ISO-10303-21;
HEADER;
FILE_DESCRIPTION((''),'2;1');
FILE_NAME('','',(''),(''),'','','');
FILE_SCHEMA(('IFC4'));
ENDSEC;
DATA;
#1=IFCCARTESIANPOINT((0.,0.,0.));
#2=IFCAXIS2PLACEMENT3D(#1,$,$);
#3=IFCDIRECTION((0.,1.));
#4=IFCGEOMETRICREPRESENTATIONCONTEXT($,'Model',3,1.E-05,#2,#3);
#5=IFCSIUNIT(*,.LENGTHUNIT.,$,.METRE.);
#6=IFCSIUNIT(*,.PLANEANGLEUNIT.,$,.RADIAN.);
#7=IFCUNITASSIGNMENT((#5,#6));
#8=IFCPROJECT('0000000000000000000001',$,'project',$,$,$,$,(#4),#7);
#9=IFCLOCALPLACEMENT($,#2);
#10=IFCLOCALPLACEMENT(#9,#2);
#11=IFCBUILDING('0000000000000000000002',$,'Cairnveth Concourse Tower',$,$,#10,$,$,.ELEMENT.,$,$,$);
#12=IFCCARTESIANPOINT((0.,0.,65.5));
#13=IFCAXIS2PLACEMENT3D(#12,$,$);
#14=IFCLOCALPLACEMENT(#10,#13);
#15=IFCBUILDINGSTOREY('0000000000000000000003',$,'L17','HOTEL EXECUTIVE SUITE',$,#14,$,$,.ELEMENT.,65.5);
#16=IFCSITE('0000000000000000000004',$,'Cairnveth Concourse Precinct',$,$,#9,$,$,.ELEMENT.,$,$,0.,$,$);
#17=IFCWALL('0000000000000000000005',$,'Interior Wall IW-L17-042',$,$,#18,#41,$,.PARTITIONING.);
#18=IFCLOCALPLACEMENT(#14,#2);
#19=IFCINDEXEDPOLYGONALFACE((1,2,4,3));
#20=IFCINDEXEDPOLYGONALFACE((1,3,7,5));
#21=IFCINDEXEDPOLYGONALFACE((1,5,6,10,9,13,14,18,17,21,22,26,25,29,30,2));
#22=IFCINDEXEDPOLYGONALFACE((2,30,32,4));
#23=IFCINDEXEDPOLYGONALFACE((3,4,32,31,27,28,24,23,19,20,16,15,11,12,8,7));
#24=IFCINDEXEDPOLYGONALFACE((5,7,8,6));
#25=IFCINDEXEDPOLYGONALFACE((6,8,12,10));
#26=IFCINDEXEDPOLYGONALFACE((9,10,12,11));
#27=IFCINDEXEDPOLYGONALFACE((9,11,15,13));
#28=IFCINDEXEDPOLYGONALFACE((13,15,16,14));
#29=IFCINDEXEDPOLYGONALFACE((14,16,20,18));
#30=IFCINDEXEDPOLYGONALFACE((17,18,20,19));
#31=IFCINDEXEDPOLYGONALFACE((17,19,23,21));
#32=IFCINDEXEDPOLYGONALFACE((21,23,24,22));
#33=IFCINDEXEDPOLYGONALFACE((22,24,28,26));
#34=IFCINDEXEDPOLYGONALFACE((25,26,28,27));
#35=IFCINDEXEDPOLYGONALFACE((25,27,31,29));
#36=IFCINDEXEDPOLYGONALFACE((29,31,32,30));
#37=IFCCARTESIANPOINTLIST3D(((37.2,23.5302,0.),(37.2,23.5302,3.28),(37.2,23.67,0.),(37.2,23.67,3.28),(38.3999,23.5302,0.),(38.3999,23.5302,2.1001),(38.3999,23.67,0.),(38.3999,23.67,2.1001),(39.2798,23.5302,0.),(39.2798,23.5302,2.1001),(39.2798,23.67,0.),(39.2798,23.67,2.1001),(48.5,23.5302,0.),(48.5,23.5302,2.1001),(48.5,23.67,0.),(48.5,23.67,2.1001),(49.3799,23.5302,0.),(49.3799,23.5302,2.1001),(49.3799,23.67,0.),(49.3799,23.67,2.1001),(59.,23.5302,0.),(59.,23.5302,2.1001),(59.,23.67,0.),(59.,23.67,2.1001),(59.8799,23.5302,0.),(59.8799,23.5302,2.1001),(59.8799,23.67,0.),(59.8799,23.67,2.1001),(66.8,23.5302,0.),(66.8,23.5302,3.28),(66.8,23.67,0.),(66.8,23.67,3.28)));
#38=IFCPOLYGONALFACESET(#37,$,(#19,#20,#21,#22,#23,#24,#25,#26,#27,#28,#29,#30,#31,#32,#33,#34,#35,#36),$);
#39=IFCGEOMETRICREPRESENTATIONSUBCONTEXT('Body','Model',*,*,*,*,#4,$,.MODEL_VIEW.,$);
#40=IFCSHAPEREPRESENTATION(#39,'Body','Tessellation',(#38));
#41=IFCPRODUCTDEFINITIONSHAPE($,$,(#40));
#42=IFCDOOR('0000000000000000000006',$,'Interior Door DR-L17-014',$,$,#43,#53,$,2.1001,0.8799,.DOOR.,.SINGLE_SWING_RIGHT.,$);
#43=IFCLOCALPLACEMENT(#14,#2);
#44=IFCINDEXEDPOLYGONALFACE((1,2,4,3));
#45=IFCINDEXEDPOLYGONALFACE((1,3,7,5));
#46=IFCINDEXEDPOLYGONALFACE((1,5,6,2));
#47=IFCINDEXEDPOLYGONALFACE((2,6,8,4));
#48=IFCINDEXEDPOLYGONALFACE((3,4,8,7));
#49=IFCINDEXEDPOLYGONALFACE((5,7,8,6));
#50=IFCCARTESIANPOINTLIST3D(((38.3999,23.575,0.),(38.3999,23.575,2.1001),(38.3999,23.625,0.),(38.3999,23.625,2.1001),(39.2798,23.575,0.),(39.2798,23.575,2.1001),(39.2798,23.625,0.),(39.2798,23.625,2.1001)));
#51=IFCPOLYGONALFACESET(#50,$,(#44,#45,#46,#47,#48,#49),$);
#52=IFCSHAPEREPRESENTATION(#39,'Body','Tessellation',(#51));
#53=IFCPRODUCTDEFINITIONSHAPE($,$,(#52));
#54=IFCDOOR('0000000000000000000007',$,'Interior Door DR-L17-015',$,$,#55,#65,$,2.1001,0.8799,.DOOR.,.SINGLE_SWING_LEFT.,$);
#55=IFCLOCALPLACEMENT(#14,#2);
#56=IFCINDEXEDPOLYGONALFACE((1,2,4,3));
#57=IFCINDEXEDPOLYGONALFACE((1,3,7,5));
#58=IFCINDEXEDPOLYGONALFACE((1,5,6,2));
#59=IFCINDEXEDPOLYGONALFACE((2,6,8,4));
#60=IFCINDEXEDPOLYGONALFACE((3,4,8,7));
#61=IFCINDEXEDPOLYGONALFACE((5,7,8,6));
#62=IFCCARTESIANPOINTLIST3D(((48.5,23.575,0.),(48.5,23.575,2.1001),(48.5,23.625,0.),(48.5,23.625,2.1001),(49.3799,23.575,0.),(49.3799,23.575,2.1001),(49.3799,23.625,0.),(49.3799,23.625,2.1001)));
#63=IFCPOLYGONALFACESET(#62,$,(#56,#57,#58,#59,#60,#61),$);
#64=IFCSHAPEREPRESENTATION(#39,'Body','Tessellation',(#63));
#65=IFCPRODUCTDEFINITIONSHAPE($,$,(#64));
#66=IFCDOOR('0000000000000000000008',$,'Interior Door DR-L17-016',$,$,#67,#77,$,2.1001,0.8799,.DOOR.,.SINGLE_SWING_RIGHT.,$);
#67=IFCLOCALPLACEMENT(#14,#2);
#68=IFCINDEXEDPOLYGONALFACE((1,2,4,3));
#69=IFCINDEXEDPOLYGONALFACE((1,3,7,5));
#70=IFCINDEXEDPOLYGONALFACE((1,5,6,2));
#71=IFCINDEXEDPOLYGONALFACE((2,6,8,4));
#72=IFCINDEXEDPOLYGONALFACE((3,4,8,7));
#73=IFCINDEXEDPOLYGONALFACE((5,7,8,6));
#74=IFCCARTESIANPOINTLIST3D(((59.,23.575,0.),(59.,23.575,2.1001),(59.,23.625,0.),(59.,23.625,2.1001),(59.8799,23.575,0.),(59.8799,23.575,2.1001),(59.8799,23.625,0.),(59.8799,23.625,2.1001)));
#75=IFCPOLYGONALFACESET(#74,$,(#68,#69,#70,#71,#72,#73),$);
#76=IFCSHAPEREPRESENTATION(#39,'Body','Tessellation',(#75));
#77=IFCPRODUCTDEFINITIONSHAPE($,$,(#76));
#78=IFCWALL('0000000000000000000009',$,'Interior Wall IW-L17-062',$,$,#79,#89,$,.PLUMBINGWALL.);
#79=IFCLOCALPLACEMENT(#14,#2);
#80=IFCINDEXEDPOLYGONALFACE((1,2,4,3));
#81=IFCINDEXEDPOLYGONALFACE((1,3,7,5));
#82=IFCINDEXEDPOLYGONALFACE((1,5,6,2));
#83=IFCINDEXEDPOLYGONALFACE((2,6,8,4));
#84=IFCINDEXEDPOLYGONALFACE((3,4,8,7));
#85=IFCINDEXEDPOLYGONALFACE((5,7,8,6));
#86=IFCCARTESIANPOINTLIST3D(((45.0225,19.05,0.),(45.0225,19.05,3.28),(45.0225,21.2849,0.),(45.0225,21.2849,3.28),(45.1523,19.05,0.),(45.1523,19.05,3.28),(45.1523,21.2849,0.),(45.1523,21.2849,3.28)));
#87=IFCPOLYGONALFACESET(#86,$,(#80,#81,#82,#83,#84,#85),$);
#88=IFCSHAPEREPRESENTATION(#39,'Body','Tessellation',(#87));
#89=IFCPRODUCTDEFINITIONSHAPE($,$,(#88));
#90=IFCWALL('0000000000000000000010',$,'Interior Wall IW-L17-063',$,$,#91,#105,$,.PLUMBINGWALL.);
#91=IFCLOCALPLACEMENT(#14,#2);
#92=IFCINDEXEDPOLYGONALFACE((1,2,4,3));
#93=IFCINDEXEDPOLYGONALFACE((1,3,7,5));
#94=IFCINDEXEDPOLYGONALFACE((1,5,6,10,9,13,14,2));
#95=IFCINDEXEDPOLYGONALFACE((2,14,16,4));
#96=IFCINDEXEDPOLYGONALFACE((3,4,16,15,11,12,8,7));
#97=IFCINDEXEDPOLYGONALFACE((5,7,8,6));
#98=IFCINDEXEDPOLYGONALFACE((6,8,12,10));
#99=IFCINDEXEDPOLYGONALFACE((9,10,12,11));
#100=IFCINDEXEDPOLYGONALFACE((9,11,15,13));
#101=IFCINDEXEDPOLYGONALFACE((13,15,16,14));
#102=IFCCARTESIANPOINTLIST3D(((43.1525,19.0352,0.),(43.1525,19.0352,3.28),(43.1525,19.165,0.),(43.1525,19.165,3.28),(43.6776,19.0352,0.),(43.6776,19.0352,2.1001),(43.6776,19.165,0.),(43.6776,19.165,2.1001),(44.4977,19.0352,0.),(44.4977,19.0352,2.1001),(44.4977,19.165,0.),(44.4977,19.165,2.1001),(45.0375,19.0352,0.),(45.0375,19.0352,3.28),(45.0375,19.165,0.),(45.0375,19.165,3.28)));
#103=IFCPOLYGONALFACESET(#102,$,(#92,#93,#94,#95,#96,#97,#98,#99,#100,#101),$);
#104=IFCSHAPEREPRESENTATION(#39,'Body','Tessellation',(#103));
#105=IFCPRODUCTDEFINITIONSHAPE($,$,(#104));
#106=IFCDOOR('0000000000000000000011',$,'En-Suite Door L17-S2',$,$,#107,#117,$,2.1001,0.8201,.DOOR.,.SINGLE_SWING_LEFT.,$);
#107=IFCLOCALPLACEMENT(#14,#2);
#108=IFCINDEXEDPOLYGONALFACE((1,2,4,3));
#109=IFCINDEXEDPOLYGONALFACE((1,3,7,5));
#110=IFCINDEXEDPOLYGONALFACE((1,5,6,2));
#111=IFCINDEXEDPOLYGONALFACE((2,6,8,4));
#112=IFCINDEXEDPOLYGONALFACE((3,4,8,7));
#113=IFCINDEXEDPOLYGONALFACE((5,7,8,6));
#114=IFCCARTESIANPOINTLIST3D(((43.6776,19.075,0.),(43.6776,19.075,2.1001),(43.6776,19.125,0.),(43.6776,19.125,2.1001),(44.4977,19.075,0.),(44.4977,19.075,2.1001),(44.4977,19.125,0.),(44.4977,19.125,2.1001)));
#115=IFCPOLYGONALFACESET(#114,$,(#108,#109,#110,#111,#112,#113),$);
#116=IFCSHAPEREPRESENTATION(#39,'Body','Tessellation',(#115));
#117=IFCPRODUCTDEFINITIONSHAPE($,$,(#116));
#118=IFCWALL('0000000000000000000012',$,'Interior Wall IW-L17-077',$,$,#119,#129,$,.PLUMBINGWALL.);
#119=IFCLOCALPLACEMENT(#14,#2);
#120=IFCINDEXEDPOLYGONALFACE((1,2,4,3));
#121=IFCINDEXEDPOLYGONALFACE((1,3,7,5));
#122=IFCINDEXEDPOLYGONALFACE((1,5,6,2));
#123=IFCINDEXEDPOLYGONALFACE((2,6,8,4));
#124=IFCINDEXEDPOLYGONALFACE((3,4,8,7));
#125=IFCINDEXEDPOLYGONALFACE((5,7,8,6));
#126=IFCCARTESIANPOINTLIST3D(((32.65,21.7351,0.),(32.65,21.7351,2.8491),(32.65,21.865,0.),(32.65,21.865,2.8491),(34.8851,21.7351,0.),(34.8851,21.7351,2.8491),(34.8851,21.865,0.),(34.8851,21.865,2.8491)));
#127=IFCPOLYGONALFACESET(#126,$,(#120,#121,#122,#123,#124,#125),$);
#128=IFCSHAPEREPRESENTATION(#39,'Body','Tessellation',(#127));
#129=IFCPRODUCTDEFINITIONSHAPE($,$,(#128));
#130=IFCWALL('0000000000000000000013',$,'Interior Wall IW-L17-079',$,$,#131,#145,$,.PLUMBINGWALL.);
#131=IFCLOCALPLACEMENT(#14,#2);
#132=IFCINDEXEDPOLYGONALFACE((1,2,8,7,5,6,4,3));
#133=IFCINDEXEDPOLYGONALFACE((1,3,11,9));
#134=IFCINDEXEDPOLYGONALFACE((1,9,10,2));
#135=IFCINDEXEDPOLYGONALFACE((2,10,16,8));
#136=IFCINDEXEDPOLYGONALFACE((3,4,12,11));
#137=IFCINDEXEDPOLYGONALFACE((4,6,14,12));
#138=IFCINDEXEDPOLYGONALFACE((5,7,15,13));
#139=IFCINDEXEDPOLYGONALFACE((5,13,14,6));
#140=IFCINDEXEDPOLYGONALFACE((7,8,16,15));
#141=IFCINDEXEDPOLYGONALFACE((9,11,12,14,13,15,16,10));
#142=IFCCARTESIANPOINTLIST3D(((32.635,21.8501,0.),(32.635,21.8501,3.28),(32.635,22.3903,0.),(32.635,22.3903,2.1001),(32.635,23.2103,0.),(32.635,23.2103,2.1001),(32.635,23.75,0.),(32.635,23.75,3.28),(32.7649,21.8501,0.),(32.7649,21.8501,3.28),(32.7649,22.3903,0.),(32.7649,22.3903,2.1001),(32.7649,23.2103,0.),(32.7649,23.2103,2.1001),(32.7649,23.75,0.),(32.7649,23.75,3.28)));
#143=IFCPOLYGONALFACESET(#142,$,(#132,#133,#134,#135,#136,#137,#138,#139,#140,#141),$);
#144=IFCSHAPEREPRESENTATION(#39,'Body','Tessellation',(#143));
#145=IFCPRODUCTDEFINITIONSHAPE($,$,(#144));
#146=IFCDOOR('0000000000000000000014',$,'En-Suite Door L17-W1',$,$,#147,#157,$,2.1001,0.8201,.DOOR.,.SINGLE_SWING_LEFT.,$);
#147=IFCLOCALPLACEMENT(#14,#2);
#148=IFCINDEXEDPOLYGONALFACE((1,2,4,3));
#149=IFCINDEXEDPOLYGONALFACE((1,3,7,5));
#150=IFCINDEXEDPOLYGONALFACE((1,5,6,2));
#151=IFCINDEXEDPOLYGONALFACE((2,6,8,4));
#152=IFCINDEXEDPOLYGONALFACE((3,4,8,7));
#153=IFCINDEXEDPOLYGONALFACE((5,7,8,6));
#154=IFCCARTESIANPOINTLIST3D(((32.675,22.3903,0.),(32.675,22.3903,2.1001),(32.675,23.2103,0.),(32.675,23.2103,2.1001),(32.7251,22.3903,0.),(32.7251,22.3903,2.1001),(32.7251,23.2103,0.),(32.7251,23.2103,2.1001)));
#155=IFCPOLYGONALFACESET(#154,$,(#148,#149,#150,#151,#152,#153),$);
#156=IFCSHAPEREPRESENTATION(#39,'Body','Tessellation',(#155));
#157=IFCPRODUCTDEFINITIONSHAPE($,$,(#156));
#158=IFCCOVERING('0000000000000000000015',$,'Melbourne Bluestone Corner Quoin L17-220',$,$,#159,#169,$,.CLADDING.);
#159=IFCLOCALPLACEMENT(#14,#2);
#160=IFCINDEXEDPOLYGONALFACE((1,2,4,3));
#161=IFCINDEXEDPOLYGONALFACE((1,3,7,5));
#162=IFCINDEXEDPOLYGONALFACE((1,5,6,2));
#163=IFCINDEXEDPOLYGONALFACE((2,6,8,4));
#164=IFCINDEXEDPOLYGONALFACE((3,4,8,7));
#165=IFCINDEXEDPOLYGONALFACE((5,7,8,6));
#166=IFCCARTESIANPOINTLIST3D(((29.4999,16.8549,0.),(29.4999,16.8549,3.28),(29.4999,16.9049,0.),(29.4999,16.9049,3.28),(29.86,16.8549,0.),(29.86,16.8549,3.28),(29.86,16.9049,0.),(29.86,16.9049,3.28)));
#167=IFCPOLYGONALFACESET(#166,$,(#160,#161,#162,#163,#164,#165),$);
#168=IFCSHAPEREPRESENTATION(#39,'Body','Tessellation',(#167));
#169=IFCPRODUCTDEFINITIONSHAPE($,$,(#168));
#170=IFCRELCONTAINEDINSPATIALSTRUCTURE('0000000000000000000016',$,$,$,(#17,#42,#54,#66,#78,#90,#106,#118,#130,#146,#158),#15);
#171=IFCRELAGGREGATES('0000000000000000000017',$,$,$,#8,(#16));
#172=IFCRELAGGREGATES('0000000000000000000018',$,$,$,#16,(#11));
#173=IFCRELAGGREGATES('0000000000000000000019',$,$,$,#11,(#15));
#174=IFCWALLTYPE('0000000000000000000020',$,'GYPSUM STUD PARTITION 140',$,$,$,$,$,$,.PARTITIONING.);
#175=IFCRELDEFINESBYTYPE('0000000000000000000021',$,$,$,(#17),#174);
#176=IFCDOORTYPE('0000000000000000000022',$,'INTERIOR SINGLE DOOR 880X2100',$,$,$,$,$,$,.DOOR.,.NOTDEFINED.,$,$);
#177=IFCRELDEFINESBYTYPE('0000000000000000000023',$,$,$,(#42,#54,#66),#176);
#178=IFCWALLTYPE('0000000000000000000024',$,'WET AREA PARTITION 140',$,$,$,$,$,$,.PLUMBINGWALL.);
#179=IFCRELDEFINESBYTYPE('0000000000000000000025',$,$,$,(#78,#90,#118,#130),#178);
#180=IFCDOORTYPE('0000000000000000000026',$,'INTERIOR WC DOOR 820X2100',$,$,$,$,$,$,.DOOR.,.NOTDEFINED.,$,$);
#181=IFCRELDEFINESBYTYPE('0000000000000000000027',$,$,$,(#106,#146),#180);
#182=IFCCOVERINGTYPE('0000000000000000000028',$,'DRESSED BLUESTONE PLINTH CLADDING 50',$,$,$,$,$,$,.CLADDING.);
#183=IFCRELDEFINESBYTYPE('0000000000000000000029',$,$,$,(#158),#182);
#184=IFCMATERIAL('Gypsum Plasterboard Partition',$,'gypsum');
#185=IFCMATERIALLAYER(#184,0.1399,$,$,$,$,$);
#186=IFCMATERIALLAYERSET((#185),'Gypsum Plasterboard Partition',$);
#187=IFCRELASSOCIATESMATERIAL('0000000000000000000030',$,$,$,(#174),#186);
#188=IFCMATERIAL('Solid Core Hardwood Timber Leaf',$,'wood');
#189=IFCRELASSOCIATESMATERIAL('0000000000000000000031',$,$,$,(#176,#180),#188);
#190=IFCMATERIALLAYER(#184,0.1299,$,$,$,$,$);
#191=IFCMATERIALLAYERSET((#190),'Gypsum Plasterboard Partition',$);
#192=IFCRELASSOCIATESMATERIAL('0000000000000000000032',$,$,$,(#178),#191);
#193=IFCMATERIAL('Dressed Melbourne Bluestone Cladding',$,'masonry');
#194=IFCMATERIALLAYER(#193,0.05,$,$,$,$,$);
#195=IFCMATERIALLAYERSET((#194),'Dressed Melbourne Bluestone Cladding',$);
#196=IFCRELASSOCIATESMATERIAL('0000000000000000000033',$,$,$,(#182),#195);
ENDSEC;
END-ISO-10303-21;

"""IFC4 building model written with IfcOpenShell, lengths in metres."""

from ifc_helpers import new_model, si_unit, direction, frame, frame_2d, origin, place, context, subcontext, project, spatial, rectangle, extrude, material, layer, layer_set, type_object, element, fill, save


model = new_model("IFC4")

# Units and contexts
model_context = context("Model", 3, precision=1e-05, world=origin(), true_north=direction((0.0, 1.0)))
body_context = subcontext(model_context, "Body", "Model", "MODEL_VIEW")
ifc_project = project(units=[si_unit("LENGTHUNIT", "METRE"), si_unit("PLANEANGLEUNIT", "RADIAN")], contexts=[model_context])

# Site, building, storey
site_placement = place(None, origin())
site = spatial("IfcSite", under=ifc_project, at=site_placement, Name="Cairnveth Concourse Precinct", CompositionType="ELEMENT", RefElevation=0.0)
building_placement = place(site_placement, origin())
building = spatial("IfcBuilding", under=site, at=building_placement, Name="Cairnveth Concourse Tower", CompositionType="ELEMENT")
storey_placement = place(building_placement, frame((0.0, 0.0, 65.5)))
storey = spatial("IfcBuildingStorey", under=building, at=storey_placement, Name="L17", Description="HOTEL EXECUTIVE SUITE", CompositionType="ELEMENT", Elevation=65.5)

# Shared definitions
ifc_material_1 = material(Name="Gypsum Plasterboard Partition", Category="gypsum")
ifc_material_2 = material(Name="Solid Core Hardwood Timber Leaf", Category="wood")

# Wall, openings, doors
ifc_layer_1 = layer(ifc_material_1, 0.1399)
ifc_layer_set_1 = layer_set([ifc_layer_1], Name="Gypsum Plasterboard Partition")
wall_type_1 = type_object("IfcWallType", Name="GYPSUM STUD PARTITION 140", PredefinedType="PARTITIONING", material=ifc_layer_set_1)
wall_1_placement = place(storey_placement, frame((37.2, 23.6001, 0.0), z_axis=(0.0, 0.0, 1.0), x_axis=(1.0, 0.0, 0.0)))
wall_1 = element("IfcWall", 1, at=wall_1_placement, inside=storey, type_object=wall_type_1, Name="Interior Wall IW-L17-042", PredefinedType="PARTITIONING", context=body_context, shape_type="SweptSolid", body=[
    extrude(rectangle(XDim=29.6001, YDim=0.1399, at=frame_2d((14.8, 0.0))), origin(), (0.0, 0.0, 1.0), 3.28),
])
opening_1_placement = place(wall_1_placement, frame((1.2, 0.0, 0.0)))
opening_1 = element("IfcOpeningElement", 2, at=opening_1_placement, cuts=wall_1, PredefinedType="OPENING", context=body_context, shape_type="SweptSolid", body=[
    extrude(rectangle(XDim=0.8799, YDim=2.1001, at=frame_2d((0.4399, 1.05))), frame((0.0, 0.0798, 0.0), z_axis=(0.0, -1.0, 0.0), x_axis=(1.0, 0.0, 0.0)), (0.0, 0.0, 1.0), 0.1599),
])
opening_2_placement = place(wall_1_placement, frame((11.3, 0.0, 0.0)))
opening_2 = element("IfcOpeningElement", 3, at=opening_2_placement, cuts=wall_1, PredefinedType="OPENING", context=body_context, shape_type="SweptSolid", body=[
    extrude(rectangle(XDim=0.8799, YDim=2.1001, at=frame_2d((0.4399, 1.05))), frame((0.0, 0.0798, 0.0), z_axis=(0.0, -1.0, 0.0), x_axis=(1.0, 0.0, 0.0)), (0.0, 0.0, 1.0), 0.1599),
])
opening_3_placement = place(wall_1_placement, frame((21.8, 0.0, 0.0)))
opening_3 = element("IfcOpeningElement", 4, at=opening_3_placement, cuts=wall_1, PredefinedType="OPENING", context=body_context, shape_type="SweptSolid", body=[
    extrude(rectangle(XDim=0.8799, YDim=2.1001, at=frame_2d((0.4399, 1.05))), frame((0.0, 0.0798, 0.0), z_axis=(0.0, -1.0, 0.0), x_axis=(1.0, 0.0, 0.0)), (0.0, 0.0, 1.0), 0.1599),
])
door_type_1 = type_object("IfcDoorType", Name="INTERIOR SINGLE DOOR 880X2100", OperationType="NOTDEFINED", PredefinedType="DOOR", material=ifc_material_2)
door_1_placement = place(opening_1_placement, origin())
door_1 = element("IfcDoor", 5, at=door_1_placement, inside=storey, type_object=door_type_1, Name="Interior Door DR-L17-014", OperationType="SINGLE_SWING_RIGHT", OverallHeight=2.1001, OverallWidth=0.8799, PredefinedType="DOOR", context=body_context, shape_type="SweptSolid", body=[
    extrude(rectangle(XDim=0.8799, YDim=2.1001, at=frame_2d((0.4399, 1.05))), frame((0.0, 0.0249, 0.0), z_axis=(0.0, -1.0, 0.0), x_axis=(1.0, 0.0, 0.0)), (0.0, 0.0, 1.0), 0.05),
])
fill(opening_1, door_1)
door_2_placement = place(opening_2_placement, origin())
door_2 = element("IfcDoor", 6, at=door_2_placement, inside=storey, type_object=door_type_1, Name="Interior Door DR-L17-015", OperationType="SINGLE_SWING_LEFT", OverallHeight=2.1001, OverallWidth=0.8799, PredefinedType="DOOR", context=body_context, shape_type="SweptSolid", body=[
    extrude(rectangle(XDim=0.8799, YDim=2.1001, at=frame_2d((0.4399, 1.05))), frame((0.0, 0.0249, 0.0), z_axis=(0.0, -1.0, 0.0), x_axis=(1.0, 0.0, 0.0)), (0.0, 0.0, 1.0), 0.05),
])
fill(opening_2, door_2)
door_3_placement = place(opening_3_placement, origin())
door_3 = element("IfcDoor", 7, at=door_3_placement, inside=storey, type_object=door_type_1, Name="Interior Door DR-L17-016", OperationType="SINGLE_SWING_RIGHT", OverallHeight=2.1001, OverallWidth=0.8799, PredefinedType="DOOR", context=body_context, shape_type="SweptSolid", body=[
    extrude(rectangle(XDim=0.8799, YDim=2.1001, at=frame_2d((0.4399, 1.05))), frame((0.0, 0.0249, 0.0), z_axis=(0.0, -1.0, 0.0), x_axis=(1.0, 0.0, 0.0)), (0.0, 0.0, 1.0), 0.05),
])
fill(opening_3, door_3)

# Wall
ifc_layer_2 = layer(ifc_material_1, 0.1299)
ifc_layer_set_2 = layer_set([ifc_layer_2], Name="Gypsum Plasterboard Partition")
wall_type_2 = type_object("IfcWallType", Name="WET AREA PARTITION 140", PredefinedType="PLUMBINGWALL", material=ifc_layer_set_2)
wall_2_placement = place(storey_placement, frame((45.0874, 19.05, 0.0), z_axis=(0.0, 0.0, 1.0), x_axis=(0.0, 1.0, 0.0)))
element("IfcWall", 8, at=wall_2_placement, inside=storey, type_object=wall_type_2, Name="Interior Wall IW-L17-062", PredefinedType="PLUMBINGWALL", context=body_context, shape_type="SweptSolid", body=[
    extrude(rectangle(XDim=2.2349, YDim=0.1299, at=frame_2d((1.1174, 0.0))), origin(), (0.0, 0.0, 1.0), 3.28),
])

# Wall, opening, door
wall_3_placement = place(storey_placement, frame((43.1526, 19.1001, 0.0), z_axis=(0.0, 0.0, 1.0), x_axis=(1.0, 0.0, 0.0)))
wall_3 = element("IfcWall", 9, at=wall_3_placement, inside=storey, type_object=wall_type_2, Name="Interior Wall IW-L17-063", PredefinedType="PLUMBINGWALL", context=body_context, shape_type="SweptSolid", body=[
    extrude(rectangle(XDim=1.885, YDim=0.1299, at=frame_2d((0.9424, 0.0))), origin(), (0.0, 0.0, 1.0), 3.28),
])
opening_4_placement = place(wall_3_placement, frame((0.5249, 0.0, 0.0)))
opening_4 = element("IfcOpeningElement", 10, at=opening_4_placement, cuts=wall_3, PredefinedType="OPENING", context=body_context, shape_type="SweptSolid", body=[
    extrude(rectangle(XDim=0.8201, YDim=2.1001, at=frame_2d((0.4102, 1.05))), frame((0.0, 0.075, 0.0), z_axis=(0.0, -1.0, 0.0), x_axis=(1.0, 0.0, 0.0)), (0.0, 0.0, 1.0), 0.1499),
])
door_type_2 = type_object("IfcDoorType", Name="INTERIOR WC DOOR 820X2100", OperationType="NOTDEFINED", PredefinedType="DOOR", material=ifc_material_2)
door_4_placement = place(opening_4_placement, origin())
door_4 = element("IfcDoor", 11, at=door_4_placement, inside=storey, type_object=door_type_2, Name="En-Suite Door L17-S2", OperationType="SINGLE_SWING_LEFT", OverallHeight=2.1001, OverallWidth=0.8201, PredefinedType="DOOR", context=body_context, shape_type="SweptSolid", body=[
    extrude(rectangle(XDim=0.8201, YDim=2.1001, at=frame_2d((0.4102, 1.05))), frame((0.0, 0.0249, 0.0), z_axis=(0.0, -1.0, 0.0), x_axis=(1.0, 0.0, 0.0)), (0.0, 0.0, 1.0), 0.05),
])
fill(opening_4, door_4)

# Wall
wall_4_placement = place(storey_placement, frame((32.6499, 21.8, 0.0), z_axis=(0.0, 0.0, 1.0), x_axis=(1.0, 0.0, 0.0)))
element("IfcWall", 12, at=wall_4_placement, inside=storey, type_object=wall_type_2, Name="Interior Wall IW-L17-077", PredefinedType="PLUMBINGWALL", context=body_context, shape_type="SweptSolid", body=[
    extrude(rectangle(XDim=2.2351, YDim=0.1299, at=frame_2d((1.1177, 0.0))), origin(), (0.0, 0.0, 1.0), 2.8491),
])

# Wall, opening, door
wall_5_placement = place(storey_placement, frame((32.7, 21.8501, 0.0), z_axis=(0.0, 0.0, 1.0), x_axis=(0.0, 1.0, 0.0)))
wall_5 = element("IfcWall", 13, at=wall_5_placement, inside=storey, type_object=wall_type_2, Name="Interior Wall IW-L17-079", PredefinedType="PLUMBINGWALL", context=body_context, shape_type="SweptSolid", body=[
    extrude(rectangle(XDim=1.8999, YDim=0.1299, at=frame_2d((0.95, 0.0))), origin(), (0.0, 0.0, 1.0), 3.28),
])
opening_5_placement = place(wall_5_placement, frame((0.54, 0.0, 0.0)))
opening_5 = element("IfcOpeningElement", 14, at=opening_5_placement, cuts=wall_5, PredefinedType="OPENING", context=body_context, shape_type="SweptSolid", body=[
    extrude(rectangle(XDim=0.8201, YDim=2.1001, at=frame_2d((0.4102, 1.05))), frame((0.0, 0.075, 0.0), z_axis=(0.0, -1.0, 0.0), x_axis=(1.0, 0.0, 0.0)), (0.0, 0.0, 1.0), 0.1499),
])
door_5_placement = place(opening_5_placement, origin())
door_5 = element("IfcDoor", 15, at=door_5_placement, inside=storey, type_object=door_type_2, Name="En-Suite Door L17-W1", OperationType="SINGLE_SWING_LEFT", OverallHeight=2.1001, OverallWidth=0.8201, PredefinedType="DOOR", context=body_context, shape_type="SweptSolid", body=[
    extrude(rectangle(XDim=0.8201, YDim=2.1001, at=frame_2d((0.4102, 1.05))), frame((0.0, 0.0249, 0.0), z_axis=(0.0, -1.0, 0.0), x_axis=(1.0, 0.0, 0.0)), (0.0, 0.0, 1.0), 0.05),
])
fill(opening_5, door_5)

# Covering
ifc_material_3 = material(Name="Dressed Melbourne Bluestone Cladding", Category="masonry")
ifc_layer_3 = layer(ifc_material_3, 0.05)
ifc_layer_set_3 = layer_set([ifc_layer_3], Name="Dressed Melbourne Bluestone Cladding")
covering_type = type_object("IfcCoveringType", Name="DRESSED BLUESTONE PLINTH CLADDING 50", PredefinedType="CLADDING", material=ifc_layer_set_3)
covering_placement = place(storey_placement, frame((29.8601, 16.8799, 0.0), z_axis=(0.0, 0.0, 1.0), x_axis=(-1.0, 0.0, 0.0)))
element("IfcCovering", 16, at=covering_placement, inside=storey, type_object=covering_type, Name="Melbourne Bluestone Corner Quoin L17-220", PredefinedType="CLADDING", context=body_context, shape_type="SweptSolid", body=[
    extrude(rectangle(XDim=0.3601, YDim=0.05, at=frame_2d((0.1802, 0.0))), origin(), (0.0, 0.0, 1.0), 3.28),
])

save(model, "model.ifc")
